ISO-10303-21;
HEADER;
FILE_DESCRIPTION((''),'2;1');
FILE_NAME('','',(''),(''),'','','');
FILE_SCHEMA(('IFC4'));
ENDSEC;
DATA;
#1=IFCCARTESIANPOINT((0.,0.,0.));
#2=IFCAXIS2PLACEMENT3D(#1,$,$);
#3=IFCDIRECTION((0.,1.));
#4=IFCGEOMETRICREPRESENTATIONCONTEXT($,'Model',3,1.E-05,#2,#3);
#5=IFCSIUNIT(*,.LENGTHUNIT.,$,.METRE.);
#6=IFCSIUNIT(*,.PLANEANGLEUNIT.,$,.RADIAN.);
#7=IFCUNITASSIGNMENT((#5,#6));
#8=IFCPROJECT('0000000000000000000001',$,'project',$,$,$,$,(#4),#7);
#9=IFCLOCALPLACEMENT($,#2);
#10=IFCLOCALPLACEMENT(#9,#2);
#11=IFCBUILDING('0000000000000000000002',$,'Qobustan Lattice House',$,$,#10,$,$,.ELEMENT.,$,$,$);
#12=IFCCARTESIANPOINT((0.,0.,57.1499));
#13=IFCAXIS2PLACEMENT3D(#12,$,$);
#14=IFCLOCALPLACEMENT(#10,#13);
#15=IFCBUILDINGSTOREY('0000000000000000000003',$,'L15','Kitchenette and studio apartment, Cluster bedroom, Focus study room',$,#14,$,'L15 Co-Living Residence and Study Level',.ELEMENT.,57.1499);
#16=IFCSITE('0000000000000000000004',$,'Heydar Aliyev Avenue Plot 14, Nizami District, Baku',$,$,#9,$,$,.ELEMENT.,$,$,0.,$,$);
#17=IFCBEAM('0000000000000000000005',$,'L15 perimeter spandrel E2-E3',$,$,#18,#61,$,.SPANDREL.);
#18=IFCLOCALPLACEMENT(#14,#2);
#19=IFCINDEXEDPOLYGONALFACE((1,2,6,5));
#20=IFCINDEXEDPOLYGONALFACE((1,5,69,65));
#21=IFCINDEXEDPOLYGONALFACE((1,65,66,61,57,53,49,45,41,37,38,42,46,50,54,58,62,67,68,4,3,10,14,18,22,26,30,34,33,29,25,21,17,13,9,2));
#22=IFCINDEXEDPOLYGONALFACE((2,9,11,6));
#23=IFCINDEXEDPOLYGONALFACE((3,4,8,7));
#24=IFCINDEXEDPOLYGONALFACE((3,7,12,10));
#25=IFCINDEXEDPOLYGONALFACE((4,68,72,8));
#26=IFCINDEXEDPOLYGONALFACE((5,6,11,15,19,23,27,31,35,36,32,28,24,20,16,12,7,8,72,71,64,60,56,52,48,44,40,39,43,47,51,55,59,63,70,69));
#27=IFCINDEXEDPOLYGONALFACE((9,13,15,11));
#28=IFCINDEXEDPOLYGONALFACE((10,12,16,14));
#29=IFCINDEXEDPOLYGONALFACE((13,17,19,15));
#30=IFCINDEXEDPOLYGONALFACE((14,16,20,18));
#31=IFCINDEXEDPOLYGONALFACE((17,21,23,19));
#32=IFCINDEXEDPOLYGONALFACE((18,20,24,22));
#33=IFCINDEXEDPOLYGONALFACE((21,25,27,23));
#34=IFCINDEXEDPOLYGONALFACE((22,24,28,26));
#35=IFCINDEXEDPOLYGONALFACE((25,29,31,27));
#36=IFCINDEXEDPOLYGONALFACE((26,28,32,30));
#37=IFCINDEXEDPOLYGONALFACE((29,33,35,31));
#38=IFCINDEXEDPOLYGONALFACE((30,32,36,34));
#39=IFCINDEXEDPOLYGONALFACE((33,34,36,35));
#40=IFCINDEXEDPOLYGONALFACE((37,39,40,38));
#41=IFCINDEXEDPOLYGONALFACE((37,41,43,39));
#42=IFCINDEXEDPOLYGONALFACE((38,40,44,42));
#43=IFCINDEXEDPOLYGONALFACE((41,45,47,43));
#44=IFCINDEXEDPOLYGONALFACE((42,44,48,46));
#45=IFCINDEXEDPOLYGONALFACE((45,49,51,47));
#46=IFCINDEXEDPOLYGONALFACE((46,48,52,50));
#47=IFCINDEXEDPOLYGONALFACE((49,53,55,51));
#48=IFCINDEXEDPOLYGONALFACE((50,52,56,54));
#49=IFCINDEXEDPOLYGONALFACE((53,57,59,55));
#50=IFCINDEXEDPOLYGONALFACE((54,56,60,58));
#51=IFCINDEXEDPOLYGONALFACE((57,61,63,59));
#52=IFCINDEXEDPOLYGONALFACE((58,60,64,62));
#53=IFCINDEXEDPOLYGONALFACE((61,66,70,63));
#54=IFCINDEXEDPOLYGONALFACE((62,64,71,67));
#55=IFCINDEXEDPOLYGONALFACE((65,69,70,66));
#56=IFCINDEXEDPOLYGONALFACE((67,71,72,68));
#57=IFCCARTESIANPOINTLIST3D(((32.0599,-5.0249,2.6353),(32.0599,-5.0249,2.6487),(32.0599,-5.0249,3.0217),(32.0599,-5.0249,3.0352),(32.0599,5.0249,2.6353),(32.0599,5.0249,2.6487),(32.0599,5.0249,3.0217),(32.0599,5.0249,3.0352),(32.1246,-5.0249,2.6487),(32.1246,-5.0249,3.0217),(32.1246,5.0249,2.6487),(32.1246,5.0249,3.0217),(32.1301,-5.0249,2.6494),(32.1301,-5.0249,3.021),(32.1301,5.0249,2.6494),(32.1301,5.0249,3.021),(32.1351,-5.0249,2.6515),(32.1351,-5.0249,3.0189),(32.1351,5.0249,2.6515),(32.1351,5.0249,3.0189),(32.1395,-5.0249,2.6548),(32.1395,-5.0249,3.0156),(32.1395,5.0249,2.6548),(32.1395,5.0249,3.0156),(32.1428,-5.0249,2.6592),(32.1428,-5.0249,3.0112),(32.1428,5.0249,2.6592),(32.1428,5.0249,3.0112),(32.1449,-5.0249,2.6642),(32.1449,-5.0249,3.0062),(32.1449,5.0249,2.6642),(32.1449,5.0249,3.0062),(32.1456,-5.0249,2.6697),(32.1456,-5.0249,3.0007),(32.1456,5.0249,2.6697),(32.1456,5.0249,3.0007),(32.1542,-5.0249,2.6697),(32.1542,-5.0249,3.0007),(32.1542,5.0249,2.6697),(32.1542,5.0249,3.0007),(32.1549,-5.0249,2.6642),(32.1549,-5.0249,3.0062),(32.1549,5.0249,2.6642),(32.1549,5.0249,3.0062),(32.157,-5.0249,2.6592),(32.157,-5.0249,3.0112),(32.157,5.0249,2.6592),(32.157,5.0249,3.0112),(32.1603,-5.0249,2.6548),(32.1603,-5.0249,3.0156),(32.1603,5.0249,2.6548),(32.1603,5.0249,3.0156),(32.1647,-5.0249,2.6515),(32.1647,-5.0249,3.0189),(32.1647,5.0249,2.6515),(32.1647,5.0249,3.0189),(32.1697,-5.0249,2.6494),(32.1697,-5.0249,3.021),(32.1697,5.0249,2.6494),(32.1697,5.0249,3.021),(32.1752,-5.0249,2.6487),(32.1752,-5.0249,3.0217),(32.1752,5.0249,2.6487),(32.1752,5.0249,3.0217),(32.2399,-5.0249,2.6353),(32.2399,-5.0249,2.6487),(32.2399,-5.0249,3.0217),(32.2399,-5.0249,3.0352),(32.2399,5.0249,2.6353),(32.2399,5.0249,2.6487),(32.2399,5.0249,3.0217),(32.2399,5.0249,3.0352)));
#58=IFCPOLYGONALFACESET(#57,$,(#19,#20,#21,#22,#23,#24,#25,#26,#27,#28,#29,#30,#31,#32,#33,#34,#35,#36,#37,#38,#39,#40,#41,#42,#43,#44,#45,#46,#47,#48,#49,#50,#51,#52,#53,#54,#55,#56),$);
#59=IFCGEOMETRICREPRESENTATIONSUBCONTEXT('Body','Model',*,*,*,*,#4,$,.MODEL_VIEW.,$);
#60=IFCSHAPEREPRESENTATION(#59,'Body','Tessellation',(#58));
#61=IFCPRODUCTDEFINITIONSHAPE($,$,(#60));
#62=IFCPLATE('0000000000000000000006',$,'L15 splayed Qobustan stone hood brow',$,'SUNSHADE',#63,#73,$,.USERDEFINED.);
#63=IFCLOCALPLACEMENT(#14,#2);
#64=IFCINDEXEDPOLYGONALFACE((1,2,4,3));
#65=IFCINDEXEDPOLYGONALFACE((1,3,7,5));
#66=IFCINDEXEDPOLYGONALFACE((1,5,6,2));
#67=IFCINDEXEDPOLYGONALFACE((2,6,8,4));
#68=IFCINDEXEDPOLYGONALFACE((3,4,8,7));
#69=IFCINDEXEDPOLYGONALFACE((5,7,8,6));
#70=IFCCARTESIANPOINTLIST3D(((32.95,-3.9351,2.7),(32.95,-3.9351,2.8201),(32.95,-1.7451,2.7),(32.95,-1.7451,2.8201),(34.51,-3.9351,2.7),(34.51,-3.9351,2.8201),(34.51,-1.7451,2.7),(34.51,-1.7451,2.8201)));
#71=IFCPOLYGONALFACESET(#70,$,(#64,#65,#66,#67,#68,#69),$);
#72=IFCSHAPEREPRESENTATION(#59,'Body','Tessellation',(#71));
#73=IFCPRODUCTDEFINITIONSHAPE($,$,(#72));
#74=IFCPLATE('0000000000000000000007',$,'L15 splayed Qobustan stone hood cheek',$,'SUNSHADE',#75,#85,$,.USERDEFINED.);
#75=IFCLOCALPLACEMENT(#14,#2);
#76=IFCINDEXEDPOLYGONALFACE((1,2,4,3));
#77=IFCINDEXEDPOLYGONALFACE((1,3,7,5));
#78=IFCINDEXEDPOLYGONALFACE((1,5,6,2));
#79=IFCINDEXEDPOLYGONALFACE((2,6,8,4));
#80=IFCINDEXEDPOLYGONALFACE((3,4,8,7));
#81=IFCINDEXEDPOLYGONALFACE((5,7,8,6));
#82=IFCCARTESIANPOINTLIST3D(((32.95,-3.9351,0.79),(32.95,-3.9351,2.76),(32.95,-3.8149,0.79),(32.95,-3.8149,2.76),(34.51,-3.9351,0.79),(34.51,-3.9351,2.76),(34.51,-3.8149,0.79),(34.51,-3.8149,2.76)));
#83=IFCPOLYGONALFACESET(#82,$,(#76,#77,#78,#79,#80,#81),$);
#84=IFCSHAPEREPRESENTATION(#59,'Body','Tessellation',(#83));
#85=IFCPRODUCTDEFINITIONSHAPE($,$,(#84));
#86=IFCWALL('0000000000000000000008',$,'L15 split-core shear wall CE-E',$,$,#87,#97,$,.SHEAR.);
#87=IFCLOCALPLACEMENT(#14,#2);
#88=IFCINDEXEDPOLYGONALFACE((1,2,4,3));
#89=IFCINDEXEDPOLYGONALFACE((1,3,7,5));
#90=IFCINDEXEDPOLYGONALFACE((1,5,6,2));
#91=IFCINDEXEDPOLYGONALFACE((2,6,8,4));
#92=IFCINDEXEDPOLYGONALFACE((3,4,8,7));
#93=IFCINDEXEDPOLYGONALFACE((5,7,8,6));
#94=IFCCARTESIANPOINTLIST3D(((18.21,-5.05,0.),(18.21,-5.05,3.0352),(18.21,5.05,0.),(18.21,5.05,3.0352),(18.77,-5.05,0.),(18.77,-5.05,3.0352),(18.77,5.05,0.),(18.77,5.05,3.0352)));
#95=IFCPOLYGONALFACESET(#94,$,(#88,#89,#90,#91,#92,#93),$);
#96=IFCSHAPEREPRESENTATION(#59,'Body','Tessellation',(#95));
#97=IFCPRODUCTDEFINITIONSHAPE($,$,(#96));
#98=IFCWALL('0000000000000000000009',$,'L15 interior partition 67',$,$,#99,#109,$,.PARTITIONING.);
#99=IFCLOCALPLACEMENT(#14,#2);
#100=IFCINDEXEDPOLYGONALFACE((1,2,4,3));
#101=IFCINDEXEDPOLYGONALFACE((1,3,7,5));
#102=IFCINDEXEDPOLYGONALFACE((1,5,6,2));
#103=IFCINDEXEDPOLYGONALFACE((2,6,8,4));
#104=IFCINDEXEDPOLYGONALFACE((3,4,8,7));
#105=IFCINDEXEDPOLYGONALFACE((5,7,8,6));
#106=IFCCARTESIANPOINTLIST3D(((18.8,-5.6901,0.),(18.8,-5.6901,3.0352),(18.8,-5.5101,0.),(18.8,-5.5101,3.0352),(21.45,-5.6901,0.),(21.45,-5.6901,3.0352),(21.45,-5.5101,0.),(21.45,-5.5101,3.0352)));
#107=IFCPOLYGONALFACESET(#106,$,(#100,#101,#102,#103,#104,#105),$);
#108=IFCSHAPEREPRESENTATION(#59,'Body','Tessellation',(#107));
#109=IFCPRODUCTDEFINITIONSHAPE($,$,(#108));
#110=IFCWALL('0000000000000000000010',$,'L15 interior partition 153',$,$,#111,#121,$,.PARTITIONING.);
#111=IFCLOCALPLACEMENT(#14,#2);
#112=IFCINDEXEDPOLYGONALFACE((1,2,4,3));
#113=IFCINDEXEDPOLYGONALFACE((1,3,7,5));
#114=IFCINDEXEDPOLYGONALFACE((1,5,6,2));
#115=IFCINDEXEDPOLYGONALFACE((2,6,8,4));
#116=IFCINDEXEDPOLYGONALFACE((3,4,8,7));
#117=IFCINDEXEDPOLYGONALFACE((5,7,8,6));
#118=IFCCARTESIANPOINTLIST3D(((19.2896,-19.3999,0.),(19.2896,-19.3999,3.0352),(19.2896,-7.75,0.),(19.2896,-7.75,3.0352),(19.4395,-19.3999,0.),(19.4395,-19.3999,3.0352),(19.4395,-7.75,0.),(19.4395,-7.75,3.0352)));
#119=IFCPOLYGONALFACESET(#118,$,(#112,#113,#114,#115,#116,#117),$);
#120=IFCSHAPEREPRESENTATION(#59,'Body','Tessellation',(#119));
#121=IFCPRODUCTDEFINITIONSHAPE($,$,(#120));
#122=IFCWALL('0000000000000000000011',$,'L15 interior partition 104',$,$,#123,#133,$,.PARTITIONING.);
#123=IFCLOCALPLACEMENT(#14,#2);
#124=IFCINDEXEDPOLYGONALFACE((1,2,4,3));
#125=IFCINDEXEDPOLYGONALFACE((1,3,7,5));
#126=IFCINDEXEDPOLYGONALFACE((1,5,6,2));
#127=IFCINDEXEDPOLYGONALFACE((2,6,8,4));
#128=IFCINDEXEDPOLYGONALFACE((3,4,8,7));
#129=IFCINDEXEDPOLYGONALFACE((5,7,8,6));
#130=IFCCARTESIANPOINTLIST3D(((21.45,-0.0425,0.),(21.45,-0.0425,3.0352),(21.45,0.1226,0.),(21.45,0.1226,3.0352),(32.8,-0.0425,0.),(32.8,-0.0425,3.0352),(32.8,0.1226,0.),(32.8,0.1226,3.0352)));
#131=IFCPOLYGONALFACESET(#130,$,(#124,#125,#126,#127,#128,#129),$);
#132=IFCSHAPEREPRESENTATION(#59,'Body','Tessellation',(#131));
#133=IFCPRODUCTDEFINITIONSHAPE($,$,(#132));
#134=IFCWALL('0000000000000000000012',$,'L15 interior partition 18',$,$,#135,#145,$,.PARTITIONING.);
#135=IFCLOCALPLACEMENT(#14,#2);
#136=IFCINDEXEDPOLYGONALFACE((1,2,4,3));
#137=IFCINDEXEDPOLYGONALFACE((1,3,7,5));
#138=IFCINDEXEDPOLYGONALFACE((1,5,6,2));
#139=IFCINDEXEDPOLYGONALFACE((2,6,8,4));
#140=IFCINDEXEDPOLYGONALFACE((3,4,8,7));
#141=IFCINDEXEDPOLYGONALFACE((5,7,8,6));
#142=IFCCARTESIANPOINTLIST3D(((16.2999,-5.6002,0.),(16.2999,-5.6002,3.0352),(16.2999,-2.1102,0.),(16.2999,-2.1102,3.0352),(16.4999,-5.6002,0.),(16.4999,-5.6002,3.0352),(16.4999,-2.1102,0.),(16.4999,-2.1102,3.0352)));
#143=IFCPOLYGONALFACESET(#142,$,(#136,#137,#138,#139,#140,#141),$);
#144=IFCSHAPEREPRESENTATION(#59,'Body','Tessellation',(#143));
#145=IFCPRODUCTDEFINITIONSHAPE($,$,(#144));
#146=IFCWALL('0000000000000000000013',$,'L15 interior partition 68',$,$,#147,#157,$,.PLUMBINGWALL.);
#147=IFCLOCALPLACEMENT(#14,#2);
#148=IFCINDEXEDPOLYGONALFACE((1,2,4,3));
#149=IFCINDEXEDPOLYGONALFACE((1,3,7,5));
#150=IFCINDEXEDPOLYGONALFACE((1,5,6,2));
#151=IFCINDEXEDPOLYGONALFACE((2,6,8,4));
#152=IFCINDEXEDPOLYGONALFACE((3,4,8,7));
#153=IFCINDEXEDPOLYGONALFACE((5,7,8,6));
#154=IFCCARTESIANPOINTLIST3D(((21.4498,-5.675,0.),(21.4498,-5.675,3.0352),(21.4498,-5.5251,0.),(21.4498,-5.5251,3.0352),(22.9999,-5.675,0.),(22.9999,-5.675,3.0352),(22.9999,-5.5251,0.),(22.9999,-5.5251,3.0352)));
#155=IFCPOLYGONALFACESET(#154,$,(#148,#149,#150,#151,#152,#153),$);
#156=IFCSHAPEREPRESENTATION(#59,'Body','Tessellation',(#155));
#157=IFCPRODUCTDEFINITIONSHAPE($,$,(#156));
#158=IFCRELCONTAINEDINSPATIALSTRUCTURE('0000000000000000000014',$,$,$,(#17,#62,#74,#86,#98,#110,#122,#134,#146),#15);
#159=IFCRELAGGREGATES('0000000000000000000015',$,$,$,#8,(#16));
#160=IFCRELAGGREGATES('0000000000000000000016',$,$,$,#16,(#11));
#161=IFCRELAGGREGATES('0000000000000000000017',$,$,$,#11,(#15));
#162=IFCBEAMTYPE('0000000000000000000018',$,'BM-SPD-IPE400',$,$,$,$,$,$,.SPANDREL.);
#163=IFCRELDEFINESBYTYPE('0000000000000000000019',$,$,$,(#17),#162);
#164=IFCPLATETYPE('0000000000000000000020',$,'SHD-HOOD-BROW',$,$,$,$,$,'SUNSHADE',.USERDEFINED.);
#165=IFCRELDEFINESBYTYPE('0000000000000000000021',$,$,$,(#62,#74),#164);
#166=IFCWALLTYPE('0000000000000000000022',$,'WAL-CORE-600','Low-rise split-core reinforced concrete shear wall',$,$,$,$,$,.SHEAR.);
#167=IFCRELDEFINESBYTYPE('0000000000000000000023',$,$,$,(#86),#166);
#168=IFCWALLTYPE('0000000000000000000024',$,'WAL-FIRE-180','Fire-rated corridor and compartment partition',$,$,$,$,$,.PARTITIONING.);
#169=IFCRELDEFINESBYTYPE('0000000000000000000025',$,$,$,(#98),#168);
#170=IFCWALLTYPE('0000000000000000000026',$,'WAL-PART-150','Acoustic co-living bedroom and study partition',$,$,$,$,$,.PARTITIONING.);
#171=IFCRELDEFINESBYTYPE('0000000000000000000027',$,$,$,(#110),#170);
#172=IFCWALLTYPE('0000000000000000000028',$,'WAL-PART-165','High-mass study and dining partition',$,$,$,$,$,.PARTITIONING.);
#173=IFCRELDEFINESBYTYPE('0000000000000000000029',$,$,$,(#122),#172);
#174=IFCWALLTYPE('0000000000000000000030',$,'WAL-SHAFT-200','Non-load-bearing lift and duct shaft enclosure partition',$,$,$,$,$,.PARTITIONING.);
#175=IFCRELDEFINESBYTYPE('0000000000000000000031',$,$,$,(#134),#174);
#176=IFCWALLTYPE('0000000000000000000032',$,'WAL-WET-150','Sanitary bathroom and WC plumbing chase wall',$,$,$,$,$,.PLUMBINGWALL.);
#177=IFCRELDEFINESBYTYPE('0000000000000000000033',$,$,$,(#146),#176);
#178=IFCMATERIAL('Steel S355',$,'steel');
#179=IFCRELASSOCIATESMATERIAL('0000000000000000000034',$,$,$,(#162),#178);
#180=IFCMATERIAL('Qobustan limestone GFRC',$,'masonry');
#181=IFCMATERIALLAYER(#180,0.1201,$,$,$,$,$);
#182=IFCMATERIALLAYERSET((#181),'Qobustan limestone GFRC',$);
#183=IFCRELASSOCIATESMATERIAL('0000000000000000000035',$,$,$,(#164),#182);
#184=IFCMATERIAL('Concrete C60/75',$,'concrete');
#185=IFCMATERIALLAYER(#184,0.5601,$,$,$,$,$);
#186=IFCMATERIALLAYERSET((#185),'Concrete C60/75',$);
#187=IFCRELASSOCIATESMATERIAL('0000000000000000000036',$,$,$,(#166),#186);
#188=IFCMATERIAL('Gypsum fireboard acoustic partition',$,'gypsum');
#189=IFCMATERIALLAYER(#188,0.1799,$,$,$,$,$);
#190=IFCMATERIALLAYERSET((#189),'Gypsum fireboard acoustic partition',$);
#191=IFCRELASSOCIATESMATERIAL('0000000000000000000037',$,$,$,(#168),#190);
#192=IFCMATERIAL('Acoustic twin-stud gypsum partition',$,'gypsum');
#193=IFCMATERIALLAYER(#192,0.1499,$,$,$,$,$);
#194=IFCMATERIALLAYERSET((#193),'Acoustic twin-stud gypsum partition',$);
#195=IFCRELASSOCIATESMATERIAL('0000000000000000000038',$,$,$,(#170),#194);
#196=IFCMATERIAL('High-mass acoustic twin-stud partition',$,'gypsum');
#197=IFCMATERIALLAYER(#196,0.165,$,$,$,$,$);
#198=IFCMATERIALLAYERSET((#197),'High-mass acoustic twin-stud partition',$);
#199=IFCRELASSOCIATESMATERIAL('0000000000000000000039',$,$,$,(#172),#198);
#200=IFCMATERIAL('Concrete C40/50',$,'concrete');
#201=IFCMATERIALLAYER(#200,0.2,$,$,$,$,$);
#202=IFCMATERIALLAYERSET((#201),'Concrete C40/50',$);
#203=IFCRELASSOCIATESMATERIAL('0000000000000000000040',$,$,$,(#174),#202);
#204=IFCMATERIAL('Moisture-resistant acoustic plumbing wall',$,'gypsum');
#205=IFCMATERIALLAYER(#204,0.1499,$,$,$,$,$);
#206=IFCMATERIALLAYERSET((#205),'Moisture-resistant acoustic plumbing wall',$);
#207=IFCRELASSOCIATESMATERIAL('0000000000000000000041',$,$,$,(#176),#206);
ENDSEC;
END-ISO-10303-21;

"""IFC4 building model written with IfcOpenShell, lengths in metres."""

from ifc_helpers import new_model, si_unit, direction, frame, frame_2d, origin, origin_2d, place, context, subcontext, project, spatial, rectangle, i_section, extrude, material, layer, layer_set, material_profile, profile_set, type_object, element, save


model = new_model("IFC4")

# Units and contexts
model_context = context("Model", 3, precision=1e-05, world=origin(), true_north=direction((0.0, 1.0)))
body_context = subcontext(model_context, "Body", "Model", "MODEL_VIEW")
ifc_project = project(units=[si_unit("LENGTHUNIT", "METRE"), si_unit("PLANEANGLEUNIT", "RADIAN")], contexts=[model_context])

# Site, building, storey
site_placement = place(None, origin())
site = spatial("IfcSite", under=ifc_project, at=site_placement, Name="Heydar Aliyev Avenue Plot 14, Nizami District, Baku", CompositionType="ELEMENT", RefElevation=0.0)
building_placement = place(site_placement, origin())
building = spatial("IfcBuilding", under=site, at=building_placement, Name="Qobustan Lattice House", CompositionType="ELEMENT")
storey_placement = place(building_placement, frame((0.0, 0.0, 57.1499)))
storey = spatial("IfcBuildingStorey", under=building, at=storey_placement, Name="L15", Description="Kitchenette and studio apartment, Cluster bedroom, Focus study room", LongName="L15 Co-Living Residence and Study Level", CompositionType="ELEMENT", Elevation=57.1499)

# Beam
ifc_material_1 = material(Name="Steel S355", Category="steel")
ifc_material_profile_1 = material_profile(ifc_material_1, i_section(OverallWidth=0.1799, OverallDepth=0.3999, WebThickness=0.0085, FlangeThickness=0.0134, FilletRadius=0.021, at=origin_2d()), Name="IPE400")
ifc_profile_set_1 = profile_set([ifc_material_profile_1], Name="Steel S355")
beam_type_1 = type_object("IfcBeamType", Name="BM-SPD-IPE400", PredefinedType="SPANDREL", material=ifc_profile_set_1)
beam_1_placement = place(storey_placement, frame((32.1499, -5.0249, 2.8352), z_axis=(0.0, 1.0, 0.0), x_axis=(-1.0, 0.0, 0.0)))
element("IfcBeam", 1, at=beam_1_placement, inside=storey, type_object=beam_type_1, Name="L15 perimeter spandrel E2-E3", PredefinedType="SPANDREL", context=body_context, shape_type="SweptSolid", body=[
    extrude(i_section(OverallWidth=0.1799, OverallDepth=0.3999, WebThickness=0.0085, FlangeThickness=0.0134, FilletRadius=0.021, at=origin_2d()), origin(), (0.0, 0.0, 1.0), 10.0498),
])

# Plates
ifc_material_2 = material(Name="Qobustan limestone GFRC", Category="masonry")
ifc_layer_1 = layer(ifc_material_2, 0.1201)
ifc_layer_set_1 = layer_set([ifc_layer_1], Name="Qobustan limestone GFRC")
plate_type = type_object("IfcPlateType", Name="SHD-HOOD-BROW", ElementType="SUNSHADE", PredefinedType="USERDEFINED", material=ifc_layer_set_1)
plate_1_placement = place(storey_placement, frame((33.73, -2.8401, 2.7), z_axis=(0.0, 0.0, 1.0), x_axis=(0.0, -1.0, 0.0)))
element("IfcPlate", 2, at=plate_1_placement, inside=storey, type_object=plate_type, Name="L15 splayed Qobustan stone hood brow", ObjectType="SUNSHADE", PredefinedType="USERDEFINED", context=body_context, shape_type="SweptSolid", body=[
    extrude(rectangle(XDim=2.1899, YDim=1.5601, at=origin_2d()), origin(), (0.0, 0.0, 1.0), 0.1201),
])
plate_2_placement = place(storey_placement, frame((33.73, -3.875, 0.79), z_axis=(0.0, 0.0, 1.0), x_axis=(0.0, -1.0, 0.0)))
element("IfcPlate", 3, at=plate_2_placement, inside=storey, type_object=plate_type, Name="L15 splayed Qobustan stone hood cheek", ObjectType="SUNSHADE", PredefinedType="USERDEFINED", context=body_context, shape_type="SweptSolid", body=[
    extrude(rectangle(XDim=0.1201, YDim=1.5601, at=origin_2d()), origin(), (0.0, 0.0, 1.0), 1.97),
])

# Walls
ifc_material_3 = material(Name="Concrete C60/75", Category="concrete")
ifc_layer_2 = layer(ifc_material_3, 0.5601)
ifc_layer_set_2 = layer_set([ifc_layer_2], Name="Concrete C60/75")
wall_type_1 = type_object("IfcWallType", Name="WAL-CORE-600", Description="Low-rise split-core reinforced concrete shear wall", PredefinedType="SHEAR", material=ifc_layer_set_2)
wall_1_placement = place(storey_placement, frame((18.49, -5.05, 0.0), z_axis=(0.0, 0.0, 1.0), x_axis=(0.0, 1.0, 0.0)))
element("IfcWall", 4, at=wall_1_placement, inside=storey, type_object=wall_type_1, Name="L15 split-core shear wall CE-E", PredefinedType="SHEAR", context=body_context, shape_type="SweptSolid", body=[
    extrude(rectangle(XDim=10.1001, YDim=0.5601, at=frame_2d((5.05, 0.0))), origin(), (0.0, 0.0, 1.0), 3.0352),
])
ifc_material_4 = material(Name="Gypsum fireboard acoustic partition", Category="gypsum")
ifc_layer_3 = layer(ifc_material_4, 0.1799)
ifc_layer_set_3 = layer_set([ifc_layer_3], Name="Gypsum fireboard acoustic partition")
wall_type_2 = type_object("IfcWallType", Name="WAL-FIRE-180", Description="Fire-rated corridor and compartment partition", PredefinedType="PARTITIONING", material=ifc_layer_set_3)
wall_2_placement = place(storey_placement, frame((18.8, -5.6001, 0.0), z_axis=(0.0, 0.0, 1.0), x_axis=(1.0, 0.0, 0.0)))
element("IfcWall", 5, at=wall_2_placement, inside=storey, type_object=wall_type_2, Name="L15 interior partition 67", PredefinedType="PARTITIONING", context=body_context, shape_type="SweptSolid", body=[
    extrude(rectangle(XDim=2.6499, YDim=0.1799, at=frame_2d((1.325, 0.0))), origin(), (0.0, 0.0, 1.0), 3.0352),
])

# Shared definitions
ifc_material_5 = material(Name="Acoustic twin-stud gypsum partition", Category="gypsum")
ifc_layer_4 = layer(ifc_material_5, 0.1499)
ifc_layer_set_4 = layer_set([ifc_layer_4], Name="Acoustic twin-stud gypsum partition")
wall_type_3 = type_object("IfcWallType", Name="WAL-PART-150", Description="Acoustic co-living bedroom and study partition", PredefinedType="PARTITIONING", material=ifc_layer_set_4)

# Wall
wall_3_placement = place(storey_placement, frame((19.3645, -7.75, 0.0), z_axis=(0.0, 0.0, 1.0), x_axis=(0.0, -1.0, 0.0)))
element("IfcWall", 6, at=wall_3_placement, inside=storey, type_object=wall_type_3, Name="L15 interior partition 153", PredefinedType="PARTITIONING", context=body_context, shape_type="SweptSolid", body=[
    extrude(rectangle(XDim=11.6499, YDim=0.1499, at=frame_2d((5.825, 0.0))), origin(), (0.0, 0.0, 1.0), 3.0352),
])

# Shared definitions
ifc_material_6 = material(Name="High-mass acoustic twin-stud partition", Category="gypsum")
ifc_layer_5 = layer(ifc_material_6, 0.165)
ifc_layer_set_5 = layer_set([ifc_layer_5], Name="High-mass acoustic twin-stud partition")
wall_type_4 = type_object("IfcWallType", Name="WAL-PART-165", Description="High-mass study and dining partition", PredefinedType="PARTITIONING", material=ifc_layer_set_5)

# Walls
wall_4_placement = place(storey_placement, frame((21.45, 0.04, 0.0), z_axis=(0.0, 0.0, 1.0), x_axis=(1.0, 0.0, 0.0)))
element("IfcWall", 7, at=wall_4_placement, inside=storey, type_object=wall_type_4, Name="L15 interior partition 104", PredefinedType="PARTITIONING", context=body_context, shape_type="SweptSolid", body=[
    extrude(rectangle(XDim=11.3501, YDim=0.165, at=frame_2d((5.675, 0.0))), origin(), (0.0, 0.0, 1.0), 3.0352),
])
ifc_material_7 = material(Name="Concrete C40/50", Category="concrete")
ifc_layer_6 = layer(ifc_material_7, 0.2)
ifc_layer_set_6 = layer_set([ifc_layer_6], Name="Concrete C40/50")
wall_type_5 = type_object("IfcWallType", Name="WAL-SHAFT-200", Description="Non-load-bearing lift and duct shaft enclosure partition", PredefinedType="PARTITIONING", material=ifc_layer_set_6)
wall_5_placement = place(storey_placement, frame((16.3999, -2.1101, 0.0), z_axis=(0.0, 0.0, 1.0), x_axis=(0.0, -1.0, 0.0)))
element("IfcWall", 8, at=wall_5_placement, inside=storey, type_object=wall_type_5, Name="L15 interior partition 18", PredefinedType="PARTITIONING", context=body_context, shape_type="SweptSolid", body=[
    extrude(rectangle(XDim=3.49, YDim=0.2, at=frame_2d((1.7451, 0.0))), origin(), (0.0, 0.0, 1.0), 3.0352),
])
ifc_material_8 = material(Name="Moisture-resistant acoustic plumbing wall", Category="gypsum")
ifc_layer_7 = layer(ifc_material_8, 0.1499)
ifc_layer_set_7 = layer_set([ifc_layer_7], Name="Moisture-resistant acoustic plumbing wall")
wall_type_6 = type_object("IfcWallType", Name="WAL-WET-150", Description="Sanitary bathroom and WC plumbing chase wall", PredefinedType="PLUMBINGWALL", material=ifc_layer_set_7)
wall_6_placement = place(storey_placement, frame((21.45, -5.6001, 0.0), z_axis=(0.0, 0.0, 1.0), x_axis=(1.0, 0.0, 0.0)))
element("IfcWall", 9, at=wall_6_placement, inside=storey, type_object=wall_type_6, Name="L15 interior partition 68", PredefinedType="PLUMBINGWALL", context=body_context, shape_type="SweptSolid", body=[
    extrude(rectangle(XDim=1.55, YDim=0.1499, at=frame_2d((0.7749, 0.0))), origin(), (0.0, 0.0, 1.0), 3.0352),
])

save(model, "model.ifc")
